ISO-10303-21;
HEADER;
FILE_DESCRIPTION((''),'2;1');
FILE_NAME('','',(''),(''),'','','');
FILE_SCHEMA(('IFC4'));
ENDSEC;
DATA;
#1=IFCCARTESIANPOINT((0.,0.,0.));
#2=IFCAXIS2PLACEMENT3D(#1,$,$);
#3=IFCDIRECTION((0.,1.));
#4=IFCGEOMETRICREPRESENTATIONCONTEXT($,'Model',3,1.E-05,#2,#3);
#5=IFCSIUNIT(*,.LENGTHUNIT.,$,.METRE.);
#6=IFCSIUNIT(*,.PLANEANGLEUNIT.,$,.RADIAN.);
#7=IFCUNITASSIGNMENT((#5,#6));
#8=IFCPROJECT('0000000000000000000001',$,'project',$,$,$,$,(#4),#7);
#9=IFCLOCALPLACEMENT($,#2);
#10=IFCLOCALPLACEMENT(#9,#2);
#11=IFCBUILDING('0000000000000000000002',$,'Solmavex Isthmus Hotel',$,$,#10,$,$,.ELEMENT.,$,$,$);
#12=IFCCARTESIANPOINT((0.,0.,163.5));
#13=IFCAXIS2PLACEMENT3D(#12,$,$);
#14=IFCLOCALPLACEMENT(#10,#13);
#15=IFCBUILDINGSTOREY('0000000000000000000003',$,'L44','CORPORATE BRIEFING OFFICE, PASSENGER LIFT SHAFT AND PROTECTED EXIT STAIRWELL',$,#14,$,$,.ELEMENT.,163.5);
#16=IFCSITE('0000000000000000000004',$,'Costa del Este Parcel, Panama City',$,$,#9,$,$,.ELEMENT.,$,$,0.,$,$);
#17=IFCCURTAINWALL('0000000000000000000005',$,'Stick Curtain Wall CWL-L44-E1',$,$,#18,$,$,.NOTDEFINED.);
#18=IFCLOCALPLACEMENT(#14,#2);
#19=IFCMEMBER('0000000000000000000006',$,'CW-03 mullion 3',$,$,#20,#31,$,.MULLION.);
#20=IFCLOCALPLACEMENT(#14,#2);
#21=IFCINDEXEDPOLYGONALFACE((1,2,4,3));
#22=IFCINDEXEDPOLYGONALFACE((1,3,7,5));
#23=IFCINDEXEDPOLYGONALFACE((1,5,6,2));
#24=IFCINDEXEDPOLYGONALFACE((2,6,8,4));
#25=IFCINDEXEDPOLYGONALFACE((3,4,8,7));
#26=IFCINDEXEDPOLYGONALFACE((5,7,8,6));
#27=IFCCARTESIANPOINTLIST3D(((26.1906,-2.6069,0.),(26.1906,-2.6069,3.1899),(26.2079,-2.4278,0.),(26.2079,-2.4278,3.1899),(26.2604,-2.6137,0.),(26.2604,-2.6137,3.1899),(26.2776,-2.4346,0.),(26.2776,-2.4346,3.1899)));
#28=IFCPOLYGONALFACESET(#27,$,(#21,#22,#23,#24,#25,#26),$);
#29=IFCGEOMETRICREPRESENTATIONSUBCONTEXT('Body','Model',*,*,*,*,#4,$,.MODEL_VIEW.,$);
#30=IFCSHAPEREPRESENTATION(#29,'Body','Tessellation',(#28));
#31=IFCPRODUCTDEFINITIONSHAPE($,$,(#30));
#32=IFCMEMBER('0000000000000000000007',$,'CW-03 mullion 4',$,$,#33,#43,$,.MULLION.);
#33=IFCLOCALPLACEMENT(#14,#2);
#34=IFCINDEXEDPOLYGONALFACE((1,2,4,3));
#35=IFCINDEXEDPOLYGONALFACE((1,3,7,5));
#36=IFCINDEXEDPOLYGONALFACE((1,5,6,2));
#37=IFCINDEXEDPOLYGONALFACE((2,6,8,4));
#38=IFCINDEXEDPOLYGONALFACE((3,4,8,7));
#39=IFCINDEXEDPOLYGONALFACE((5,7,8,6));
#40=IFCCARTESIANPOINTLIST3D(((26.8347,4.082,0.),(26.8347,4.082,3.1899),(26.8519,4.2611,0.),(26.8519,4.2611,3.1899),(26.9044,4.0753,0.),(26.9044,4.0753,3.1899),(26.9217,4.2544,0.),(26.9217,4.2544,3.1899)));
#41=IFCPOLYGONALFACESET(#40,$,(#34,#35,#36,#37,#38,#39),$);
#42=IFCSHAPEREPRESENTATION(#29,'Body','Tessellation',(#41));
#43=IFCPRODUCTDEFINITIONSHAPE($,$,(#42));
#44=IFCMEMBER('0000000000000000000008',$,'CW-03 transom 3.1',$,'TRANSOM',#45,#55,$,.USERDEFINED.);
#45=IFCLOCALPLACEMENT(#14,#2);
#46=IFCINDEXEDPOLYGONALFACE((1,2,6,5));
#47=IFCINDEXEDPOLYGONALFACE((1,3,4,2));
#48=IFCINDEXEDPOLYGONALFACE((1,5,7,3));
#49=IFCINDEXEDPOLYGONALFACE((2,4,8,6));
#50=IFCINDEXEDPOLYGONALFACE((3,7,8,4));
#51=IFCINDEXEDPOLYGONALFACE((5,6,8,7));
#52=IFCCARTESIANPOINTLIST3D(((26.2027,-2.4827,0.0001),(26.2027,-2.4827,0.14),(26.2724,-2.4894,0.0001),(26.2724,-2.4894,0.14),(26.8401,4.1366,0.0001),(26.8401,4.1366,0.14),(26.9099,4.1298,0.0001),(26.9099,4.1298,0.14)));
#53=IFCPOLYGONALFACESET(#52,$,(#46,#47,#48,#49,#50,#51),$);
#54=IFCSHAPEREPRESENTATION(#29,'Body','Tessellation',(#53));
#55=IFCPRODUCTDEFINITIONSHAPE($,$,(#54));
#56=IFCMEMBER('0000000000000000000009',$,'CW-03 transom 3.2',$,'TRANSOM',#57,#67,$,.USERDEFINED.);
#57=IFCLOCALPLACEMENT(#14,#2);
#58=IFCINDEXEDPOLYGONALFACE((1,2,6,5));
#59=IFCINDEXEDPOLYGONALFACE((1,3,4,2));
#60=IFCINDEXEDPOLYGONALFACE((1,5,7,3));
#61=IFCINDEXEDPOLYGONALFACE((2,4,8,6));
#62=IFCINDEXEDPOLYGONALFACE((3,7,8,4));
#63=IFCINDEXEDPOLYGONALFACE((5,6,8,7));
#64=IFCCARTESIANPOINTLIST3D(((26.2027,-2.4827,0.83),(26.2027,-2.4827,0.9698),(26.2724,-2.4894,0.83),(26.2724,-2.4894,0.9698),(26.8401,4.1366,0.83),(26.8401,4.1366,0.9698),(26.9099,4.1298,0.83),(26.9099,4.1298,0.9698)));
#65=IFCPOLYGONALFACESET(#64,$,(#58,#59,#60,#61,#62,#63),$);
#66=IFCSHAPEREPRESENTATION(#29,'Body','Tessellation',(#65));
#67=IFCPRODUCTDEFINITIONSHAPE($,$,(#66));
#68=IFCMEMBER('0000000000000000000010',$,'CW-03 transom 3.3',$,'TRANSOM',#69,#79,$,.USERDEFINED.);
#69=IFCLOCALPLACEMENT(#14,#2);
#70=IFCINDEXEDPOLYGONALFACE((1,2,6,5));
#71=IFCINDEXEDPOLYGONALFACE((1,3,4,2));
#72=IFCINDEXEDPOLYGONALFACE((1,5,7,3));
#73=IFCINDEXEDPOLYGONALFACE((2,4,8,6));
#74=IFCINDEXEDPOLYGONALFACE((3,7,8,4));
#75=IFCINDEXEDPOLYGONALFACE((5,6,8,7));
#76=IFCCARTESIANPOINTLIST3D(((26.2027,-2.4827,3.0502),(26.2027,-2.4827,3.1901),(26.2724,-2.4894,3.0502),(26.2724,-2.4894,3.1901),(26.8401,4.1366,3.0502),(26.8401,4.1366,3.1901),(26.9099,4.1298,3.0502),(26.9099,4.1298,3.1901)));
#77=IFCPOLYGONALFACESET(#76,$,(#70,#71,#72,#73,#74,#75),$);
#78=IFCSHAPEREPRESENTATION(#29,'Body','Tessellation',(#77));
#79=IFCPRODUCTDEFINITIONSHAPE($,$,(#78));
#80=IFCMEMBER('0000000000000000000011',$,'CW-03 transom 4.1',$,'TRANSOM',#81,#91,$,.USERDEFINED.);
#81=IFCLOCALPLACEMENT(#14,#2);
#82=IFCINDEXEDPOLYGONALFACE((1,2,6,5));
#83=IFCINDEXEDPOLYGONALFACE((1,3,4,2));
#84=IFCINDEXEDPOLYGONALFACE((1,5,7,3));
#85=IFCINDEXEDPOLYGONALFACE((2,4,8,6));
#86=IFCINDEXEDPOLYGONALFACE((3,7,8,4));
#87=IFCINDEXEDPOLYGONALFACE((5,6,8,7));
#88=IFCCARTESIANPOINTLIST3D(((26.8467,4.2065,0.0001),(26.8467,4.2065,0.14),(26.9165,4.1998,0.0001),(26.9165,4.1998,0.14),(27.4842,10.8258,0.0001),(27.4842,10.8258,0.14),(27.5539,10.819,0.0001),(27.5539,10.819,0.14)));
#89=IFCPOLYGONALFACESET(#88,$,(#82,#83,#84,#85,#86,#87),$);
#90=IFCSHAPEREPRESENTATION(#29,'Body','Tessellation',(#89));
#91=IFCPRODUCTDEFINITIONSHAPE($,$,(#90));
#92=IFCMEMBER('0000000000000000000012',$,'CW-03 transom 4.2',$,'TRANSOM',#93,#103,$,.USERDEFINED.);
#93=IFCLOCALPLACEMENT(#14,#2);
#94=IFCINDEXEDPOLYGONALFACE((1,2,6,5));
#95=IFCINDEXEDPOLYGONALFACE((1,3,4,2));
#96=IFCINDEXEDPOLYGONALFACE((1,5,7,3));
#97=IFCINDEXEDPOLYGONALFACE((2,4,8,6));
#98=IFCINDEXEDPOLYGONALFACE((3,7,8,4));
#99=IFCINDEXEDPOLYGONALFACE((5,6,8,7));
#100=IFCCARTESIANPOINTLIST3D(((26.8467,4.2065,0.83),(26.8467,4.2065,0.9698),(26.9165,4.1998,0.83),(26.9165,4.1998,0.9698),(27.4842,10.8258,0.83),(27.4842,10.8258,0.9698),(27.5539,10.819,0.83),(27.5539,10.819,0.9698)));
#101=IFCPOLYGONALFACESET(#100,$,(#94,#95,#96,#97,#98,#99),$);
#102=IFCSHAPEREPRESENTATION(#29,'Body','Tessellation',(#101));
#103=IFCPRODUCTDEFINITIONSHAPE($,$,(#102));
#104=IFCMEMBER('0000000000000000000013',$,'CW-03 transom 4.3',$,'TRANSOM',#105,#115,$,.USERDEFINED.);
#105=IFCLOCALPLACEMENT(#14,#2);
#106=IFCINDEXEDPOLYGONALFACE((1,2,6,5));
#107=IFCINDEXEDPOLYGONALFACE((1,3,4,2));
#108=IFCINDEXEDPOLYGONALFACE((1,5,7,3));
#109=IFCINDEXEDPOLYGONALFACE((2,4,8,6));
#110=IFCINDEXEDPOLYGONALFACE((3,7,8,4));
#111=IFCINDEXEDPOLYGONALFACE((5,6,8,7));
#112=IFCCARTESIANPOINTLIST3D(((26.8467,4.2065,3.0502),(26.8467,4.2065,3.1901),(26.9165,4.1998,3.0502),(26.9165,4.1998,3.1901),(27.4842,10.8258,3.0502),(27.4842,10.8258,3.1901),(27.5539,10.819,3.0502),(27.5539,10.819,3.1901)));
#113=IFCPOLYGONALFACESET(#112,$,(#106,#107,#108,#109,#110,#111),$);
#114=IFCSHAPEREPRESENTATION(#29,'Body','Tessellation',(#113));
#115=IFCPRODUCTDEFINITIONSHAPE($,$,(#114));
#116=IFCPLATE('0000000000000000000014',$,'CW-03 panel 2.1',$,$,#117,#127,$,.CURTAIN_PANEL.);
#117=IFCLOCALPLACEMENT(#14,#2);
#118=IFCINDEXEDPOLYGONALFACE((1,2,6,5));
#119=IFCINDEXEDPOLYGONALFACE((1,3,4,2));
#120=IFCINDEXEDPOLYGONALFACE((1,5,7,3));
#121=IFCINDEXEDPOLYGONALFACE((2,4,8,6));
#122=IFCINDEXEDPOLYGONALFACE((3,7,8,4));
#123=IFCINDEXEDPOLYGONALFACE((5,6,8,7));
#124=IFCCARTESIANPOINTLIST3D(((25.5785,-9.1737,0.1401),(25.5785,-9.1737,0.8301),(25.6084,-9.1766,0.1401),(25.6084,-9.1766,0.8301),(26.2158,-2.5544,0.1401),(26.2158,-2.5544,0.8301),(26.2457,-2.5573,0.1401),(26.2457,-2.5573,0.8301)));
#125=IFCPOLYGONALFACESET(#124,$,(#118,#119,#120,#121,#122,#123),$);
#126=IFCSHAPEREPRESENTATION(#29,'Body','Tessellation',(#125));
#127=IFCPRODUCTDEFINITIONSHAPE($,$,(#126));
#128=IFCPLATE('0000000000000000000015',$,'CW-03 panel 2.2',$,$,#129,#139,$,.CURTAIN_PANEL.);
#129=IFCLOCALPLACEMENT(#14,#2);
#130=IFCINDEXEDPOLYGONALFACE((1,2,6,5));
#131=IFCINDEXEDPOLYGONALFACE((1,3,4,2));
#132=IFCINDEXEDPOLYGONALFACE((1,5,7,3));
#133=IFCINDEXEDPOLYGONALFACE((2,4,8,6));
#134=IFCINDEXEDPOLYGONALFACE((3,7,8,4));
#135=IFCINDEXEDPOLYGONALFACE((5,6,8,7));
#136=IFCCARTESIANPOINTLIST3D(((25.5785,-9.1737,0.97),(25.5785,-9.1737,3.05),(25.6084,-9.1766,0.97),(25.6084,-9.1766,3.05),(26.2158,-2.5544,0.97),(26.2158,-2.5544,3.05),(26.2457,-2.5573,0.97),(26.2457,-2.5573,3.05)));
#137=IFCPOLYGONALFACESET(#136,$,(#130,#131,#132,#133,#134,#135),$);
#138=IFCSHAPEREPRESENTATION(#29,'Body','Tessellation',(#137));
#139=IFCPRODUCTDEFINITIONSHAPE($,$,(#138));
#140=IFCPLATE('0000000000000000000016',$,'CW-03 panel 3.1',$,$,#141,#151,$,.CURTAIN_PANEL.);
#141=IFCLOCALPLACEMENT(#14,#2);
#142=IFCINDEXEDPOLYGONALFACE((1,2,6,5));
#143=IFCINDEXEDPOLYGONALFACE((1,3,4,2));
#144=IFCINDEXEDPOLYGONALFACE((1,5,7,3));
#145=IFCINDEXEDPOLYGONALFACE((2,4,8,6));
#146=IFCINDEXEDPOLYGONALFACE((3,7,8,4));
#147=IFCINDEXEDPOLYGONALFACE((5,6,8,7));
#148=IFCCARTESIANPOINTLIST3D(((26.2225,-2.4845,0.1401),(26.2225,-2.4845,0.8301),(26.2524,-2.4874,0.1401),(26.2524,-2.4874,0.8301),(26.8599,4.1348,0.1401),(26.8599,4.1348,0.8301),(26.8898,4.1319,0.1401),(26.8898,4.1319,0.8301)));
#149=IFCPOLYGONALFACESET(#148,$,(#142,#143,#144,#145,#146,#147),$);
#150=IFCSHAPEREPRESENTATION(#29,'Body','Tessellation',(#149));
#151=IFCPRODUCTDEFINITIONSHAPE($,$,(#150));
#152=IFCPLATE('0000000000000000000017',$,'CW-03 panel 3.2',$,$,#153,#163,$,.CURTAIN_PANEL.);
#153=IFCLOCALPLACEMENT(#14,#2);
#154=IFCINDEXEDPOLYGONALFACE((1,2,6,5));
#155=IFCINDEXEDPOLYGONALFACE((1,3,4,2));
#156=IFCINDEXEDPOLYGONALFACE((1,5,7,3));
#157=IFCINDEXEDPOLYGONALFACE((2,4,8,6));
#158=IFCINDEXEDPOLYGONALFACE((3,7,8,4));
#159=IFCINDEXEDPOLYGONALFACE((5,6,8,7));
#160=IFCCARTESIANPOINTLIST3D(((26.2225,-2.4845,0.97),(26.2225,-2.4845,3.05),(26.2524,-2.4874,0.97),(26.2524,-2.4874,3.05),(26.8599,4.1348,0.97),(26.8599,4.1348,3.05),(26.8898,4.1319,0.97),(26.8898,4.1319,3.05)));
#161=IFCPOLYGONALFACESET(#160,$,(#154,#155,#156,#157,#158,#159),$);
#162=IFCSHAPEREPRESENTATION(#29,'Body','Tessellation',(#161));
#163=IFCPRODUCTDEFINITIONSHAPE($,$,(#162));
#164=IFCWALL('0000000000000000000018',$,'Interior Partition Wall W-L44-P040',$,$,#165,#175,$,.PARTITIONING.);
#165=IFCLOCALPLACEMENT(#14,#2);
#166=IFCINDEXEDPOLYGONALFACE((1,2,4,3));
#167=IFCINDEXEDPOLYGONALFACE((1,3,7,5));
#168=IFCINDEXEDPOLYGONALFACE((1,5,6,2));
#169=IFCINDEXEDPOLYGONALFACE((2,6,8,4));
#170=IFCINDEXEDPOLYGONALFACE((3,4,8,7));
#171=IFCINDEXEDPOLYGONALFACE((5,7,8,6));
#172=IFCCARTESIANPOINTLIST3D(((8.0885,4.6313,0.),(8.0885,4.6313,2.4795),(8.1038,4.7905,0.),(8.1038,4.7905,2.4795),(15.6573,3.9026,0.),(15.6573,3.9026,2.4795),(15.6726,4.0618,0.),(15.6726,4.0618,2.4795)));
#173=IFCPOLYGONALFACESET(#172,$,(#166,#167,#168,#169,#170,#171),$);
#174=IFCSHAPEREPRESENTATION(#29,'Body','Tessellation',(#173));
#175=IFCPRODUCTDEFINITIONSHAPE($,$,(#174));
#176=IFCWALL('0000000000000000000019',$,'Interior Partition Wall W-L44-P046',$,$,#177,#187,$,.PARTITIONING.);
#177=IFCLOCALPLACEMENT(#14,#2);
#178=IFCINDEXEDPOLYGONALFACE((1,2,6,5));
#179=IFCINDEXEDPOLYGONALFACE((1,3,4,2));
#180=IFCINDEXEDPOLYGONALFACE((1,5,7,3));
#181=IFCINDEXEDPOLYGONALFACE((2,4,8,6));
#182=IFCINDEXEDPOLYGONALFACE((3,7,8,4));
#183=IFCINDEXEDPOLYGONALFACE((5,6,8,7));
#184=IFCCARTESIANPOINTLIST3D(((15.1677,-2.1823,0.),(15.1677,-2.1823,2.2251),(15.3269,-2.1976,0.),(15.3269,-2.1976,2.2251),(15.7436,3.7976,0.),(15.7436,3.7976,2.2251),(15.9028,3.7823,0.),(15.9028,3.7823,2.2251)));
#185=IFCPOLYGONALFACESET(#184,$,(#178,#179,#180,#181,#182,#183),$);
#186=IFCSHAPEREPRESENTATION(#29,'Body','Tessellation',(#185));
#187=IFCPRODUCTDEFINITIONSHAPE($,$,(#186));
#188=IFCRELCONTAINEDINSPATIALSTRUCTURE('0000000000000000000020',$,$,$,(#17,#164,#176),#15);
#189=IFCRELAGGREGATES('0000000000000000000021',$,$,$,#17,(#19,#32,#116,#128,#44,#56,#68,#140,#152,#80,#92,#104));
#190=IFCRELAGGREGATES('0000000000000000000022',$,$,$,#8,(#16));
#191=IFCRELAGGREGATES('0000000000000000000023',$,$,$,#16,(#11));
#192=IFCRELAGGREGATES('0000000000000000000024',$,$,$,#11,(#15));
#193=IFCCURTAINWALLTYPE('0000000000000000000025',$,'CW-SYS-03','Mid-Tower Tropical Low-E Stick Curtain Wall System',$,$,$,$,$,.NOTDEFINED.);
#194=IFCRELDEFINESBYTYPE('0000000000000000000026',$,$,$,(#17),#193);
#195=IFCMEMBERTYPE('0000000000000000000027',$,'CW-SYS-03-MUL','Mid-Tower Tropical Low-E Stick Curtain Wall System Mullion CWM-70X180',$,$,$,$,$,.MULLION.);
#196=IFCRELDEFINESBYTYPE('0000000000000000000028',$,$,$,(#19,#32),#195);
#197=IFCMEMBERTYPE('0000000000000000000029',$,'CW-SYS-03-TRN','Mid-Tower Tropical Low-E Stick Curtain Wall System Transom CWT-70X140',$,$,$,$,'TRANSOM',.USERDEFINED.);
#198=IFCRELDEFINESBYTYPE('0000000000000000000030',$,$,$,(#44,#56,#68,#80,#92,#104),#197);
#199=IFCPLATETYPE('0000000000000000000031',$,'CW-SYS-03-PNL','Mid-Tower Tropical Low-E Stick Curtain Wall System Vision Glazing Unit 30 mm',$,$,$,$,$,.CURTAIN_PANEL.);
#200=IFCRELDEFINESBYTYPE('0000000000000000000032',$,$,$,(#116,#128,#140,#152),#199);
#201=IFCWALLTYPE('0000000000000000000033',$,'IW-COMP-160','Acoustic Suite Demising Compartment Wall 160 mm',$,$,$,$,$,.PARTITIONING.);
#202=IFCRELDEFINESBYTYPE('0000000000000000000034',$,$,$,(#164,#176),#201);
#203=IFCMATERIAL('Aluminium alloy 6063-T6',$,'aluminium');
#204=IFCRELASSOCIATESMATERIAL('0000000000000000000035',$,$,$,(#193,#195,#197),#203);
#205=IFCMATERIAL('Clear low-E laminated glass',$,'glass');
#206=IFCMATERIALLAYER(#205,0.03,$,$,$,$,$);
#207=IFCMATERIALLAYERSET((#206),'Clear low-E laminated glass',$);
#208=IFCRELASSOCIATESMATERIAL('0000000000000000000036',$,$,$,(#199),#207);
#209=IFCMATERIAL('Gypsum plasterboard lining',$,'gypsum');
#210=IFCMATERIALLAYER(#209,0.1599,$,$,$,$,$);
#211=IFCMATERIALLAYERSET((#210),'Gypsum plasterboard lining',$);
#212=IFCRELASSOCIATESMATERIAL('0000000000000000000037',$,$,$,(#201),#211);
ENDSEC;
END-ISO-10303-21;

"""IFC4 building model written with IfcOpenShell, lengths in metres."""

from ifc_helpers import new_model, si_unit, direction, frame, frame_2d, origin, origin_2d, place, context, subcontext, project, spatial, rectangle, extrude, material, layer, layer_set, material_profile, profile_set, type_object, element, aggregate, save


model = new_model("IFC4")

# Units and contexts
model_context = context("Model", 3, precision=1e-05, world=origin(), true_north=direction((0.0, 1.0)))
body_context = subcontext(model_context, "Body", "Model", "MODEL_VIEW")
ifc_project = project(units=[si_unit("LENGTHUNIT", "METRE"), si_unit("PLANEANGLEUNIT", "RADIAN")], contexts=[model_context])

# Site, building, storey
site_placement = place(None, origin())
site = spatial("IfcSite", under=ifc_project, at=site_placement, Name="Costa del Este Parcel, Panama City", CompositionType="ELEMENT", RefElevation=0.0)
building_placement = place(site_placement, origin())
building = spatial("IfcBuilding", under=site, at=building_placement, Name="Solmavex Isthmus Hotel", CompositionType="ELEMENT")
storey_placement = place(building_placement, frame((0.0, 0.0, 163.5)))
storey = spatial("IfcBuildingStorey", under=building, at=storey_placement, Name="L44", Description="CORPORATE BRIEFING OFFICE, PASSENGER LIFT SHAFT AND PROTECTED EXIT STAIRWELL", CompositionType="ELEMENT", Elevation=163.5)

# Curtain wall, members, plates
ifc_material_1 = material(Name="Aluminium alloy 6063-T6", Category="aluminium")
curtain_wall_type = type_object("IfcCurtainWallType", Name="CW-SYS-03", Description="Mid-Tower Tropical Low-E Stick Curtain Wall System", PredefinedType="NOTDEFINED", material=ifc_material_1)
curtain_wall_placement = place(storey_placement, origin())
curtain_wall = element("IfcCurtainWall", 1, at=curtain_wall_placement, inside=storey, type_object=curtain_wall_type, Name="Stick Curtain Wall CWL-L44-E1", PredefinedType="NOTDEFINED")
ifc_material_profile_1 = material_profile(ifc_material_1, rectangle(XDim=0.0701, YDim=0.1799, at=origin_2d()), Name="CWM-70X180")
ifc_profile_set_1 = profile_set([ifc_material_profile_1], Name="Aluminium alloy 6063-T6")
member_type_1 = type_object("IfcMemberType", Name="CW-SYS-03-MUL", Description="Mid-Tower Tropical Low-E Stick Curtain Wall System Mullion CWM-70X180", PredefinedType="MULLION", material=ifc_profile_set_1)
member_1_placement = place(storey_placement, frame((26.2341, -2.5208, 0.0), z_axis=(0.0, 0.0, 1.0), x_axis=(-0.995396, 0.095846, 0.0)))
member_1 = element("IfcMember", 2, at=member_1_placement, type_object=member_type_1, Name="CW-03 mullion 3", PredefinedType="MULLION", context=body_context, shape_type="SweptSolid", body=[
    extrude(rectangle(XDim=0.0701, YDim=0.1799, at=origin_2d()), origin(), (0.0, 0.0, 1.0), 3.1899),
])
member_2_placement = place(storey_placement, frame((26.8782, 4.1682, 0.0), z_axis=(0.0, 0.0, 1.0), x_axis=(-0.995396, 0.095846, 0.0)))
member_2 = element("IfcMember", 3, at=member_2_placement, type_object=member_type_1, Name="CW-03 mullion 4", PredefinedType="MULLION", context=body_context, shape_type="SweptSolid", body=[
    extrude(rectangle(XDim=0.0701, YDim=0.1799, at=origin_2d()), origin(), (0.0, 0.0, 1.0), 3.1899),
])
ifc_material_profile_2 = material_profile(ifc_material_1, rectangle(XDim=0.0701, YDim=0.1399, at=origin_2d()), Name="CWT-70X140")
ifc_profile_set_2 = profile_set([ifc_material_profile_2], Name="Aluminium alloy 6063-T6")
member_type_2 = type_object("IfcMemberType", Name="CW-SYS-03-TRN", Description="Mid-Tower Tropical Low-E Stick Curtain Wall System Transom CWT-70X140", ElementType="TRANSOM", PredefinedType="USERDEFINED", material=ifc_profile_set_2)
member_3_placement = place(storey_placement, frame((26.2375, -2.4861, 0.0701), z_axis=(0.095857, 0.995395, 0.0), x_axis=(-0.995395, 0.095857, 0.0)))
member_3 = element("IfcMember", 4, at=member_3_placement, type_object=member_type_2, Name="CW-03 transom 3.1", ObjectType="TRANSOM", PredefinedType="USERDEFINED", context=body_context, shape_type="SweptSolid", body=[
    extrude(rectangle(XDim=0.0701, YDim=0.1399, at=origin_2d()), origin(), (0.0, 0.0, 1.0), 6.6499),
])
member_4_placement = place(storey_placement, frame((26.2375, -2.4861, 0.8999), z_axis=(0.095857, 0.995395, 0.0), x_axis=(-0.995395, 0.095857, 0.0)))
member_4 = element("IfcMember", 5, at=member_4_placement, type_object=member_type_2, Name="CW-03 transom 3.2", ObjectType="TRANSOM", PredefinedType="USERDEFINED", context=body_context, shape_type="SweptSolid", body=[
    extrude(rectangle(XDim=0.0701, YDim=0.1399, at=origin_2d()), origin(), (0.0, 0.0, 1.0), 6.6499),
])
member_5_placement = place(storey_placement, frame((26.2375, -2.4861, 3.1201), z_axis=(0.095857, 0.995395, 0.0), x_axis=(-0.995395, 0.095857, 0.0)))
member_5 = element("IfcMember", 6, at=member_5_placement, type_object=member_type_2, Name="CW-03 transom 3.3", ObjectType="TRANSOM", PredefinedType="USERDEFINED", context=body_context, shape_type="SweptSolid", body=[
    extrude(rectangle(XDim=0.0701, YDim=0.1399, at=origin_2d()), origin(), (0.0, 0.0, 1.0), 6.6499),
])
member_6_placement = place(storey_placement, frame((26.8816, 4.2031, 0.0701), z_axis=(0.095857, 0.995395, 0.0), x_axis=(-0.995395, 0.095857, 0.0)))
member_6 = element("IfcMember", 7, at=member_6_placement, type_object=member_type_2, Name="CW-03 transom 4.1", ObjectType="TRANSOM", PredefinedType="USERDEFINED", context=body_context, shape_type="SweptSolid", body=[
    extrude(rectangle(XDim=0.0701, YDim=0.1399, at=origin_2d()), origin(), (0.0, 0.0, 1.0), 6.6499),
])
member_7_placement = place(storey_placement, frame((26.8816, 4.2031, 0.8999), z_axis=(0.095857, 0.995395, 0.0), x_axis=(-0.995395, 0.095857, 0.0)))
member_7 = element("IfcMember", 8, at=member_7_placement, type_object=member_type_2, Name="CW-03 transom 4.2", ObjectType="TRANSOM", PredefinedType="USERDEFINED", context=body_context, shape_type="SweptSolid", body=[
    extrude(rectangle(XDim=0.0701, YDim=0.1399, at=origin_2d()), origin(), (0.0, 0.0, 1.0), 6.6499),
])
member_8_placement = place(storey_placement, frame((26.8816, 4.2031, 3.1201), z_axis=(0.095857, 0.995395, 0.0), x_axis=(-0.995395, 0.095857, 0.0)))
member_8 = element("IfcMember", 9, at=member_8_placement, type_object=member_type_2, Name="CW-03 transom 4.3", ObjectType="TRANSOM", PredefinedType="USERDEFINED", context=body_context, shape_type="SweptSolid", body=[
    extrude(rectangle(XDim=0.0701, YDim=0.1399, at=origin_2d()), origin(), (0.0, 0.0, 1.0), 6.6499),
])
ifc_material_2 = material(Name="Clear low-E laminated glass", Category="glass")
ifc_layer_1 = layer(ifc_material_2, 0.03)
ifc_layer_set_1 = layer_set([ifc_layer_1], Name="Clear low-E laminated glass")
plate_type = type_object("IfcPlateType", Name="CW-SYS-03-PNL", Description="Mid-Tower Tropical Low-E Stick Curtain Wall System Vision Glazing Unit 30 mm", PredefinedType="CURTAIN_PANEL", material=ifc_layer_set_1)
plate_1_placement = place(storey_placement, frame((25.9121, -5.8655, 0.1401), z_axis=(0.0, 0.0, 1.0), x_axis=(0.095846, 0.995396, 0.0)))
plate_1 = element("IfcPlate", 10, at=plate_1_placement, type_object=plate_type, Name="CW-03 panel 2.1", PredefinedType="CURTAIN_PANEL", context=body_context, shape_type="SweptSolid", body=[
    extrude(rectangle(XDim=6.6499, YDim=0.03, at=origin_2d()), origin(), (0.0, 0.0, 1.0), 0.6899),
])
plate_2_placement = place(storey_placement, frame((25.9121, -5.8655, 0.97), z_axis=(0.0, 0.0, 1.0), x_axis=(0.095846, 0.995396, 0.0)))
plate_2 = element("IfcPlate", 11, at=plate_2_placement, type_object=plate_type, Name="CW-03 panel 2.2", PredefinedType="CURTAIN_PANEL", context=body_context, shape_type="SweptSolid", body=[
    extrude(rectangle(XDim=6.6499, YDim=0.03, at=origin_2d()), origin(), (0.0, 0.0, 1.0), 2.0801),
])
plate_3_placement = place(storey_placement, frame((26.5562, 0.8237, 0.1401), z_axis=(0.0, 0.0, 1.0), x_axis=(0.095846, 0.995396, 0.0)))
plate_3 = element("IfcPlate", 12, at=plate_3_placement, type_object=plate_type, Name="CW-03 panel 3.1", PredefinedType="CURTAIN_PANEL", context=body_context, shape_type="SweptSolid", body=[
    extrude(rectangle(XDim=6.6499, YDim=0.03, at=origin_2d()), origin(), (0.0, 0.0, 1.0), 0.6899),
])
plate_4_placement = place(storey_placement, frame((26.5562, 0.8237, 0.97), z_axis=(0.0, 0.0, 1.0), x_axis=(0.095846, 0.995396, 0.0)))
plate_4 = element("IfcPlate", 13, at=plate_4_placement, type_object=plate_type, Name="CW-03 panel 3.2", PredefinedType="CURTAIN_PANEL", context=body_context, shape_type="SweptSolid", body=[
    extrude(rectangle(XDim=6.6499, YDim=0.03, at=origin_2d()), origin(), (0.0, 0.0, 1.0), 2.0801),
])
aggregate(curtain_wall, [member_1, member_2, plate_1, plate_2, member_3, member_4, member_5, plate_3, plate_4, member_6, member_7, member_8])

# Walls
ifc_material_3 = material(Name="Gypsum plasterboard lining", Category="gypsum")
ifc_layer_2 = layer(ifc_material_3, 0.1599)
ifc_layer_set_2 = layer_set([ifc_layer_2], Name="Gypsum plasterboard lining")
wall_type = type_object("IfcWallType", Name="IW-COMP-160", Description="Acoustic Suite Demising Compartment Wall 160 mm", PredefinedType="PARTITIONING", material=ifc_layer_set_2)
wall_1_placement = place(storey_placement, frame((15.6648, 3.9822, 0.0), z_axis=(0.0, 0.0, 1.0), x_axis=(-0.995397, 0.095841, 0.0)))
element("IfcWall", 14, at=wall_1_placement, inside=storey, type_object=wall_type, Name="Interior Partition Wall W-L44-P040", PredefinedType="PARTITIONING", context=body_context, shape_type="SweptSolid", body=[
    extrude(rectangle(XDim=7.6038, YDim=0.1599, at=frame_2d((3.8018, 0.0))), origin(), (0.0, 0.0, 1.0), 2.4795),
])
wall_2_placement = place(storey_placement, frame((15.8232, 3.79, 0.0), z_axis=(0.0, 0.0, 1.0), x_axis=(-0.095866, -0.995394, 0.0)))
element("IfcWall", 15, at=wall_2_placement, inside=storey, type_object=wall_type, Name="Interior Partition Wall W-L44-P046", PredefinedType="PARTITIONING", context=body_context, shape_type="SweptSolid", body=[
    extrude(rectangle(XDim=6.0076, YDim=0.1599, at=frame_2d((3.0039, 0.0))), origin(), (0.0, 0.0, 1.0), 2.2251),
])

save(model, "model.ifc")
